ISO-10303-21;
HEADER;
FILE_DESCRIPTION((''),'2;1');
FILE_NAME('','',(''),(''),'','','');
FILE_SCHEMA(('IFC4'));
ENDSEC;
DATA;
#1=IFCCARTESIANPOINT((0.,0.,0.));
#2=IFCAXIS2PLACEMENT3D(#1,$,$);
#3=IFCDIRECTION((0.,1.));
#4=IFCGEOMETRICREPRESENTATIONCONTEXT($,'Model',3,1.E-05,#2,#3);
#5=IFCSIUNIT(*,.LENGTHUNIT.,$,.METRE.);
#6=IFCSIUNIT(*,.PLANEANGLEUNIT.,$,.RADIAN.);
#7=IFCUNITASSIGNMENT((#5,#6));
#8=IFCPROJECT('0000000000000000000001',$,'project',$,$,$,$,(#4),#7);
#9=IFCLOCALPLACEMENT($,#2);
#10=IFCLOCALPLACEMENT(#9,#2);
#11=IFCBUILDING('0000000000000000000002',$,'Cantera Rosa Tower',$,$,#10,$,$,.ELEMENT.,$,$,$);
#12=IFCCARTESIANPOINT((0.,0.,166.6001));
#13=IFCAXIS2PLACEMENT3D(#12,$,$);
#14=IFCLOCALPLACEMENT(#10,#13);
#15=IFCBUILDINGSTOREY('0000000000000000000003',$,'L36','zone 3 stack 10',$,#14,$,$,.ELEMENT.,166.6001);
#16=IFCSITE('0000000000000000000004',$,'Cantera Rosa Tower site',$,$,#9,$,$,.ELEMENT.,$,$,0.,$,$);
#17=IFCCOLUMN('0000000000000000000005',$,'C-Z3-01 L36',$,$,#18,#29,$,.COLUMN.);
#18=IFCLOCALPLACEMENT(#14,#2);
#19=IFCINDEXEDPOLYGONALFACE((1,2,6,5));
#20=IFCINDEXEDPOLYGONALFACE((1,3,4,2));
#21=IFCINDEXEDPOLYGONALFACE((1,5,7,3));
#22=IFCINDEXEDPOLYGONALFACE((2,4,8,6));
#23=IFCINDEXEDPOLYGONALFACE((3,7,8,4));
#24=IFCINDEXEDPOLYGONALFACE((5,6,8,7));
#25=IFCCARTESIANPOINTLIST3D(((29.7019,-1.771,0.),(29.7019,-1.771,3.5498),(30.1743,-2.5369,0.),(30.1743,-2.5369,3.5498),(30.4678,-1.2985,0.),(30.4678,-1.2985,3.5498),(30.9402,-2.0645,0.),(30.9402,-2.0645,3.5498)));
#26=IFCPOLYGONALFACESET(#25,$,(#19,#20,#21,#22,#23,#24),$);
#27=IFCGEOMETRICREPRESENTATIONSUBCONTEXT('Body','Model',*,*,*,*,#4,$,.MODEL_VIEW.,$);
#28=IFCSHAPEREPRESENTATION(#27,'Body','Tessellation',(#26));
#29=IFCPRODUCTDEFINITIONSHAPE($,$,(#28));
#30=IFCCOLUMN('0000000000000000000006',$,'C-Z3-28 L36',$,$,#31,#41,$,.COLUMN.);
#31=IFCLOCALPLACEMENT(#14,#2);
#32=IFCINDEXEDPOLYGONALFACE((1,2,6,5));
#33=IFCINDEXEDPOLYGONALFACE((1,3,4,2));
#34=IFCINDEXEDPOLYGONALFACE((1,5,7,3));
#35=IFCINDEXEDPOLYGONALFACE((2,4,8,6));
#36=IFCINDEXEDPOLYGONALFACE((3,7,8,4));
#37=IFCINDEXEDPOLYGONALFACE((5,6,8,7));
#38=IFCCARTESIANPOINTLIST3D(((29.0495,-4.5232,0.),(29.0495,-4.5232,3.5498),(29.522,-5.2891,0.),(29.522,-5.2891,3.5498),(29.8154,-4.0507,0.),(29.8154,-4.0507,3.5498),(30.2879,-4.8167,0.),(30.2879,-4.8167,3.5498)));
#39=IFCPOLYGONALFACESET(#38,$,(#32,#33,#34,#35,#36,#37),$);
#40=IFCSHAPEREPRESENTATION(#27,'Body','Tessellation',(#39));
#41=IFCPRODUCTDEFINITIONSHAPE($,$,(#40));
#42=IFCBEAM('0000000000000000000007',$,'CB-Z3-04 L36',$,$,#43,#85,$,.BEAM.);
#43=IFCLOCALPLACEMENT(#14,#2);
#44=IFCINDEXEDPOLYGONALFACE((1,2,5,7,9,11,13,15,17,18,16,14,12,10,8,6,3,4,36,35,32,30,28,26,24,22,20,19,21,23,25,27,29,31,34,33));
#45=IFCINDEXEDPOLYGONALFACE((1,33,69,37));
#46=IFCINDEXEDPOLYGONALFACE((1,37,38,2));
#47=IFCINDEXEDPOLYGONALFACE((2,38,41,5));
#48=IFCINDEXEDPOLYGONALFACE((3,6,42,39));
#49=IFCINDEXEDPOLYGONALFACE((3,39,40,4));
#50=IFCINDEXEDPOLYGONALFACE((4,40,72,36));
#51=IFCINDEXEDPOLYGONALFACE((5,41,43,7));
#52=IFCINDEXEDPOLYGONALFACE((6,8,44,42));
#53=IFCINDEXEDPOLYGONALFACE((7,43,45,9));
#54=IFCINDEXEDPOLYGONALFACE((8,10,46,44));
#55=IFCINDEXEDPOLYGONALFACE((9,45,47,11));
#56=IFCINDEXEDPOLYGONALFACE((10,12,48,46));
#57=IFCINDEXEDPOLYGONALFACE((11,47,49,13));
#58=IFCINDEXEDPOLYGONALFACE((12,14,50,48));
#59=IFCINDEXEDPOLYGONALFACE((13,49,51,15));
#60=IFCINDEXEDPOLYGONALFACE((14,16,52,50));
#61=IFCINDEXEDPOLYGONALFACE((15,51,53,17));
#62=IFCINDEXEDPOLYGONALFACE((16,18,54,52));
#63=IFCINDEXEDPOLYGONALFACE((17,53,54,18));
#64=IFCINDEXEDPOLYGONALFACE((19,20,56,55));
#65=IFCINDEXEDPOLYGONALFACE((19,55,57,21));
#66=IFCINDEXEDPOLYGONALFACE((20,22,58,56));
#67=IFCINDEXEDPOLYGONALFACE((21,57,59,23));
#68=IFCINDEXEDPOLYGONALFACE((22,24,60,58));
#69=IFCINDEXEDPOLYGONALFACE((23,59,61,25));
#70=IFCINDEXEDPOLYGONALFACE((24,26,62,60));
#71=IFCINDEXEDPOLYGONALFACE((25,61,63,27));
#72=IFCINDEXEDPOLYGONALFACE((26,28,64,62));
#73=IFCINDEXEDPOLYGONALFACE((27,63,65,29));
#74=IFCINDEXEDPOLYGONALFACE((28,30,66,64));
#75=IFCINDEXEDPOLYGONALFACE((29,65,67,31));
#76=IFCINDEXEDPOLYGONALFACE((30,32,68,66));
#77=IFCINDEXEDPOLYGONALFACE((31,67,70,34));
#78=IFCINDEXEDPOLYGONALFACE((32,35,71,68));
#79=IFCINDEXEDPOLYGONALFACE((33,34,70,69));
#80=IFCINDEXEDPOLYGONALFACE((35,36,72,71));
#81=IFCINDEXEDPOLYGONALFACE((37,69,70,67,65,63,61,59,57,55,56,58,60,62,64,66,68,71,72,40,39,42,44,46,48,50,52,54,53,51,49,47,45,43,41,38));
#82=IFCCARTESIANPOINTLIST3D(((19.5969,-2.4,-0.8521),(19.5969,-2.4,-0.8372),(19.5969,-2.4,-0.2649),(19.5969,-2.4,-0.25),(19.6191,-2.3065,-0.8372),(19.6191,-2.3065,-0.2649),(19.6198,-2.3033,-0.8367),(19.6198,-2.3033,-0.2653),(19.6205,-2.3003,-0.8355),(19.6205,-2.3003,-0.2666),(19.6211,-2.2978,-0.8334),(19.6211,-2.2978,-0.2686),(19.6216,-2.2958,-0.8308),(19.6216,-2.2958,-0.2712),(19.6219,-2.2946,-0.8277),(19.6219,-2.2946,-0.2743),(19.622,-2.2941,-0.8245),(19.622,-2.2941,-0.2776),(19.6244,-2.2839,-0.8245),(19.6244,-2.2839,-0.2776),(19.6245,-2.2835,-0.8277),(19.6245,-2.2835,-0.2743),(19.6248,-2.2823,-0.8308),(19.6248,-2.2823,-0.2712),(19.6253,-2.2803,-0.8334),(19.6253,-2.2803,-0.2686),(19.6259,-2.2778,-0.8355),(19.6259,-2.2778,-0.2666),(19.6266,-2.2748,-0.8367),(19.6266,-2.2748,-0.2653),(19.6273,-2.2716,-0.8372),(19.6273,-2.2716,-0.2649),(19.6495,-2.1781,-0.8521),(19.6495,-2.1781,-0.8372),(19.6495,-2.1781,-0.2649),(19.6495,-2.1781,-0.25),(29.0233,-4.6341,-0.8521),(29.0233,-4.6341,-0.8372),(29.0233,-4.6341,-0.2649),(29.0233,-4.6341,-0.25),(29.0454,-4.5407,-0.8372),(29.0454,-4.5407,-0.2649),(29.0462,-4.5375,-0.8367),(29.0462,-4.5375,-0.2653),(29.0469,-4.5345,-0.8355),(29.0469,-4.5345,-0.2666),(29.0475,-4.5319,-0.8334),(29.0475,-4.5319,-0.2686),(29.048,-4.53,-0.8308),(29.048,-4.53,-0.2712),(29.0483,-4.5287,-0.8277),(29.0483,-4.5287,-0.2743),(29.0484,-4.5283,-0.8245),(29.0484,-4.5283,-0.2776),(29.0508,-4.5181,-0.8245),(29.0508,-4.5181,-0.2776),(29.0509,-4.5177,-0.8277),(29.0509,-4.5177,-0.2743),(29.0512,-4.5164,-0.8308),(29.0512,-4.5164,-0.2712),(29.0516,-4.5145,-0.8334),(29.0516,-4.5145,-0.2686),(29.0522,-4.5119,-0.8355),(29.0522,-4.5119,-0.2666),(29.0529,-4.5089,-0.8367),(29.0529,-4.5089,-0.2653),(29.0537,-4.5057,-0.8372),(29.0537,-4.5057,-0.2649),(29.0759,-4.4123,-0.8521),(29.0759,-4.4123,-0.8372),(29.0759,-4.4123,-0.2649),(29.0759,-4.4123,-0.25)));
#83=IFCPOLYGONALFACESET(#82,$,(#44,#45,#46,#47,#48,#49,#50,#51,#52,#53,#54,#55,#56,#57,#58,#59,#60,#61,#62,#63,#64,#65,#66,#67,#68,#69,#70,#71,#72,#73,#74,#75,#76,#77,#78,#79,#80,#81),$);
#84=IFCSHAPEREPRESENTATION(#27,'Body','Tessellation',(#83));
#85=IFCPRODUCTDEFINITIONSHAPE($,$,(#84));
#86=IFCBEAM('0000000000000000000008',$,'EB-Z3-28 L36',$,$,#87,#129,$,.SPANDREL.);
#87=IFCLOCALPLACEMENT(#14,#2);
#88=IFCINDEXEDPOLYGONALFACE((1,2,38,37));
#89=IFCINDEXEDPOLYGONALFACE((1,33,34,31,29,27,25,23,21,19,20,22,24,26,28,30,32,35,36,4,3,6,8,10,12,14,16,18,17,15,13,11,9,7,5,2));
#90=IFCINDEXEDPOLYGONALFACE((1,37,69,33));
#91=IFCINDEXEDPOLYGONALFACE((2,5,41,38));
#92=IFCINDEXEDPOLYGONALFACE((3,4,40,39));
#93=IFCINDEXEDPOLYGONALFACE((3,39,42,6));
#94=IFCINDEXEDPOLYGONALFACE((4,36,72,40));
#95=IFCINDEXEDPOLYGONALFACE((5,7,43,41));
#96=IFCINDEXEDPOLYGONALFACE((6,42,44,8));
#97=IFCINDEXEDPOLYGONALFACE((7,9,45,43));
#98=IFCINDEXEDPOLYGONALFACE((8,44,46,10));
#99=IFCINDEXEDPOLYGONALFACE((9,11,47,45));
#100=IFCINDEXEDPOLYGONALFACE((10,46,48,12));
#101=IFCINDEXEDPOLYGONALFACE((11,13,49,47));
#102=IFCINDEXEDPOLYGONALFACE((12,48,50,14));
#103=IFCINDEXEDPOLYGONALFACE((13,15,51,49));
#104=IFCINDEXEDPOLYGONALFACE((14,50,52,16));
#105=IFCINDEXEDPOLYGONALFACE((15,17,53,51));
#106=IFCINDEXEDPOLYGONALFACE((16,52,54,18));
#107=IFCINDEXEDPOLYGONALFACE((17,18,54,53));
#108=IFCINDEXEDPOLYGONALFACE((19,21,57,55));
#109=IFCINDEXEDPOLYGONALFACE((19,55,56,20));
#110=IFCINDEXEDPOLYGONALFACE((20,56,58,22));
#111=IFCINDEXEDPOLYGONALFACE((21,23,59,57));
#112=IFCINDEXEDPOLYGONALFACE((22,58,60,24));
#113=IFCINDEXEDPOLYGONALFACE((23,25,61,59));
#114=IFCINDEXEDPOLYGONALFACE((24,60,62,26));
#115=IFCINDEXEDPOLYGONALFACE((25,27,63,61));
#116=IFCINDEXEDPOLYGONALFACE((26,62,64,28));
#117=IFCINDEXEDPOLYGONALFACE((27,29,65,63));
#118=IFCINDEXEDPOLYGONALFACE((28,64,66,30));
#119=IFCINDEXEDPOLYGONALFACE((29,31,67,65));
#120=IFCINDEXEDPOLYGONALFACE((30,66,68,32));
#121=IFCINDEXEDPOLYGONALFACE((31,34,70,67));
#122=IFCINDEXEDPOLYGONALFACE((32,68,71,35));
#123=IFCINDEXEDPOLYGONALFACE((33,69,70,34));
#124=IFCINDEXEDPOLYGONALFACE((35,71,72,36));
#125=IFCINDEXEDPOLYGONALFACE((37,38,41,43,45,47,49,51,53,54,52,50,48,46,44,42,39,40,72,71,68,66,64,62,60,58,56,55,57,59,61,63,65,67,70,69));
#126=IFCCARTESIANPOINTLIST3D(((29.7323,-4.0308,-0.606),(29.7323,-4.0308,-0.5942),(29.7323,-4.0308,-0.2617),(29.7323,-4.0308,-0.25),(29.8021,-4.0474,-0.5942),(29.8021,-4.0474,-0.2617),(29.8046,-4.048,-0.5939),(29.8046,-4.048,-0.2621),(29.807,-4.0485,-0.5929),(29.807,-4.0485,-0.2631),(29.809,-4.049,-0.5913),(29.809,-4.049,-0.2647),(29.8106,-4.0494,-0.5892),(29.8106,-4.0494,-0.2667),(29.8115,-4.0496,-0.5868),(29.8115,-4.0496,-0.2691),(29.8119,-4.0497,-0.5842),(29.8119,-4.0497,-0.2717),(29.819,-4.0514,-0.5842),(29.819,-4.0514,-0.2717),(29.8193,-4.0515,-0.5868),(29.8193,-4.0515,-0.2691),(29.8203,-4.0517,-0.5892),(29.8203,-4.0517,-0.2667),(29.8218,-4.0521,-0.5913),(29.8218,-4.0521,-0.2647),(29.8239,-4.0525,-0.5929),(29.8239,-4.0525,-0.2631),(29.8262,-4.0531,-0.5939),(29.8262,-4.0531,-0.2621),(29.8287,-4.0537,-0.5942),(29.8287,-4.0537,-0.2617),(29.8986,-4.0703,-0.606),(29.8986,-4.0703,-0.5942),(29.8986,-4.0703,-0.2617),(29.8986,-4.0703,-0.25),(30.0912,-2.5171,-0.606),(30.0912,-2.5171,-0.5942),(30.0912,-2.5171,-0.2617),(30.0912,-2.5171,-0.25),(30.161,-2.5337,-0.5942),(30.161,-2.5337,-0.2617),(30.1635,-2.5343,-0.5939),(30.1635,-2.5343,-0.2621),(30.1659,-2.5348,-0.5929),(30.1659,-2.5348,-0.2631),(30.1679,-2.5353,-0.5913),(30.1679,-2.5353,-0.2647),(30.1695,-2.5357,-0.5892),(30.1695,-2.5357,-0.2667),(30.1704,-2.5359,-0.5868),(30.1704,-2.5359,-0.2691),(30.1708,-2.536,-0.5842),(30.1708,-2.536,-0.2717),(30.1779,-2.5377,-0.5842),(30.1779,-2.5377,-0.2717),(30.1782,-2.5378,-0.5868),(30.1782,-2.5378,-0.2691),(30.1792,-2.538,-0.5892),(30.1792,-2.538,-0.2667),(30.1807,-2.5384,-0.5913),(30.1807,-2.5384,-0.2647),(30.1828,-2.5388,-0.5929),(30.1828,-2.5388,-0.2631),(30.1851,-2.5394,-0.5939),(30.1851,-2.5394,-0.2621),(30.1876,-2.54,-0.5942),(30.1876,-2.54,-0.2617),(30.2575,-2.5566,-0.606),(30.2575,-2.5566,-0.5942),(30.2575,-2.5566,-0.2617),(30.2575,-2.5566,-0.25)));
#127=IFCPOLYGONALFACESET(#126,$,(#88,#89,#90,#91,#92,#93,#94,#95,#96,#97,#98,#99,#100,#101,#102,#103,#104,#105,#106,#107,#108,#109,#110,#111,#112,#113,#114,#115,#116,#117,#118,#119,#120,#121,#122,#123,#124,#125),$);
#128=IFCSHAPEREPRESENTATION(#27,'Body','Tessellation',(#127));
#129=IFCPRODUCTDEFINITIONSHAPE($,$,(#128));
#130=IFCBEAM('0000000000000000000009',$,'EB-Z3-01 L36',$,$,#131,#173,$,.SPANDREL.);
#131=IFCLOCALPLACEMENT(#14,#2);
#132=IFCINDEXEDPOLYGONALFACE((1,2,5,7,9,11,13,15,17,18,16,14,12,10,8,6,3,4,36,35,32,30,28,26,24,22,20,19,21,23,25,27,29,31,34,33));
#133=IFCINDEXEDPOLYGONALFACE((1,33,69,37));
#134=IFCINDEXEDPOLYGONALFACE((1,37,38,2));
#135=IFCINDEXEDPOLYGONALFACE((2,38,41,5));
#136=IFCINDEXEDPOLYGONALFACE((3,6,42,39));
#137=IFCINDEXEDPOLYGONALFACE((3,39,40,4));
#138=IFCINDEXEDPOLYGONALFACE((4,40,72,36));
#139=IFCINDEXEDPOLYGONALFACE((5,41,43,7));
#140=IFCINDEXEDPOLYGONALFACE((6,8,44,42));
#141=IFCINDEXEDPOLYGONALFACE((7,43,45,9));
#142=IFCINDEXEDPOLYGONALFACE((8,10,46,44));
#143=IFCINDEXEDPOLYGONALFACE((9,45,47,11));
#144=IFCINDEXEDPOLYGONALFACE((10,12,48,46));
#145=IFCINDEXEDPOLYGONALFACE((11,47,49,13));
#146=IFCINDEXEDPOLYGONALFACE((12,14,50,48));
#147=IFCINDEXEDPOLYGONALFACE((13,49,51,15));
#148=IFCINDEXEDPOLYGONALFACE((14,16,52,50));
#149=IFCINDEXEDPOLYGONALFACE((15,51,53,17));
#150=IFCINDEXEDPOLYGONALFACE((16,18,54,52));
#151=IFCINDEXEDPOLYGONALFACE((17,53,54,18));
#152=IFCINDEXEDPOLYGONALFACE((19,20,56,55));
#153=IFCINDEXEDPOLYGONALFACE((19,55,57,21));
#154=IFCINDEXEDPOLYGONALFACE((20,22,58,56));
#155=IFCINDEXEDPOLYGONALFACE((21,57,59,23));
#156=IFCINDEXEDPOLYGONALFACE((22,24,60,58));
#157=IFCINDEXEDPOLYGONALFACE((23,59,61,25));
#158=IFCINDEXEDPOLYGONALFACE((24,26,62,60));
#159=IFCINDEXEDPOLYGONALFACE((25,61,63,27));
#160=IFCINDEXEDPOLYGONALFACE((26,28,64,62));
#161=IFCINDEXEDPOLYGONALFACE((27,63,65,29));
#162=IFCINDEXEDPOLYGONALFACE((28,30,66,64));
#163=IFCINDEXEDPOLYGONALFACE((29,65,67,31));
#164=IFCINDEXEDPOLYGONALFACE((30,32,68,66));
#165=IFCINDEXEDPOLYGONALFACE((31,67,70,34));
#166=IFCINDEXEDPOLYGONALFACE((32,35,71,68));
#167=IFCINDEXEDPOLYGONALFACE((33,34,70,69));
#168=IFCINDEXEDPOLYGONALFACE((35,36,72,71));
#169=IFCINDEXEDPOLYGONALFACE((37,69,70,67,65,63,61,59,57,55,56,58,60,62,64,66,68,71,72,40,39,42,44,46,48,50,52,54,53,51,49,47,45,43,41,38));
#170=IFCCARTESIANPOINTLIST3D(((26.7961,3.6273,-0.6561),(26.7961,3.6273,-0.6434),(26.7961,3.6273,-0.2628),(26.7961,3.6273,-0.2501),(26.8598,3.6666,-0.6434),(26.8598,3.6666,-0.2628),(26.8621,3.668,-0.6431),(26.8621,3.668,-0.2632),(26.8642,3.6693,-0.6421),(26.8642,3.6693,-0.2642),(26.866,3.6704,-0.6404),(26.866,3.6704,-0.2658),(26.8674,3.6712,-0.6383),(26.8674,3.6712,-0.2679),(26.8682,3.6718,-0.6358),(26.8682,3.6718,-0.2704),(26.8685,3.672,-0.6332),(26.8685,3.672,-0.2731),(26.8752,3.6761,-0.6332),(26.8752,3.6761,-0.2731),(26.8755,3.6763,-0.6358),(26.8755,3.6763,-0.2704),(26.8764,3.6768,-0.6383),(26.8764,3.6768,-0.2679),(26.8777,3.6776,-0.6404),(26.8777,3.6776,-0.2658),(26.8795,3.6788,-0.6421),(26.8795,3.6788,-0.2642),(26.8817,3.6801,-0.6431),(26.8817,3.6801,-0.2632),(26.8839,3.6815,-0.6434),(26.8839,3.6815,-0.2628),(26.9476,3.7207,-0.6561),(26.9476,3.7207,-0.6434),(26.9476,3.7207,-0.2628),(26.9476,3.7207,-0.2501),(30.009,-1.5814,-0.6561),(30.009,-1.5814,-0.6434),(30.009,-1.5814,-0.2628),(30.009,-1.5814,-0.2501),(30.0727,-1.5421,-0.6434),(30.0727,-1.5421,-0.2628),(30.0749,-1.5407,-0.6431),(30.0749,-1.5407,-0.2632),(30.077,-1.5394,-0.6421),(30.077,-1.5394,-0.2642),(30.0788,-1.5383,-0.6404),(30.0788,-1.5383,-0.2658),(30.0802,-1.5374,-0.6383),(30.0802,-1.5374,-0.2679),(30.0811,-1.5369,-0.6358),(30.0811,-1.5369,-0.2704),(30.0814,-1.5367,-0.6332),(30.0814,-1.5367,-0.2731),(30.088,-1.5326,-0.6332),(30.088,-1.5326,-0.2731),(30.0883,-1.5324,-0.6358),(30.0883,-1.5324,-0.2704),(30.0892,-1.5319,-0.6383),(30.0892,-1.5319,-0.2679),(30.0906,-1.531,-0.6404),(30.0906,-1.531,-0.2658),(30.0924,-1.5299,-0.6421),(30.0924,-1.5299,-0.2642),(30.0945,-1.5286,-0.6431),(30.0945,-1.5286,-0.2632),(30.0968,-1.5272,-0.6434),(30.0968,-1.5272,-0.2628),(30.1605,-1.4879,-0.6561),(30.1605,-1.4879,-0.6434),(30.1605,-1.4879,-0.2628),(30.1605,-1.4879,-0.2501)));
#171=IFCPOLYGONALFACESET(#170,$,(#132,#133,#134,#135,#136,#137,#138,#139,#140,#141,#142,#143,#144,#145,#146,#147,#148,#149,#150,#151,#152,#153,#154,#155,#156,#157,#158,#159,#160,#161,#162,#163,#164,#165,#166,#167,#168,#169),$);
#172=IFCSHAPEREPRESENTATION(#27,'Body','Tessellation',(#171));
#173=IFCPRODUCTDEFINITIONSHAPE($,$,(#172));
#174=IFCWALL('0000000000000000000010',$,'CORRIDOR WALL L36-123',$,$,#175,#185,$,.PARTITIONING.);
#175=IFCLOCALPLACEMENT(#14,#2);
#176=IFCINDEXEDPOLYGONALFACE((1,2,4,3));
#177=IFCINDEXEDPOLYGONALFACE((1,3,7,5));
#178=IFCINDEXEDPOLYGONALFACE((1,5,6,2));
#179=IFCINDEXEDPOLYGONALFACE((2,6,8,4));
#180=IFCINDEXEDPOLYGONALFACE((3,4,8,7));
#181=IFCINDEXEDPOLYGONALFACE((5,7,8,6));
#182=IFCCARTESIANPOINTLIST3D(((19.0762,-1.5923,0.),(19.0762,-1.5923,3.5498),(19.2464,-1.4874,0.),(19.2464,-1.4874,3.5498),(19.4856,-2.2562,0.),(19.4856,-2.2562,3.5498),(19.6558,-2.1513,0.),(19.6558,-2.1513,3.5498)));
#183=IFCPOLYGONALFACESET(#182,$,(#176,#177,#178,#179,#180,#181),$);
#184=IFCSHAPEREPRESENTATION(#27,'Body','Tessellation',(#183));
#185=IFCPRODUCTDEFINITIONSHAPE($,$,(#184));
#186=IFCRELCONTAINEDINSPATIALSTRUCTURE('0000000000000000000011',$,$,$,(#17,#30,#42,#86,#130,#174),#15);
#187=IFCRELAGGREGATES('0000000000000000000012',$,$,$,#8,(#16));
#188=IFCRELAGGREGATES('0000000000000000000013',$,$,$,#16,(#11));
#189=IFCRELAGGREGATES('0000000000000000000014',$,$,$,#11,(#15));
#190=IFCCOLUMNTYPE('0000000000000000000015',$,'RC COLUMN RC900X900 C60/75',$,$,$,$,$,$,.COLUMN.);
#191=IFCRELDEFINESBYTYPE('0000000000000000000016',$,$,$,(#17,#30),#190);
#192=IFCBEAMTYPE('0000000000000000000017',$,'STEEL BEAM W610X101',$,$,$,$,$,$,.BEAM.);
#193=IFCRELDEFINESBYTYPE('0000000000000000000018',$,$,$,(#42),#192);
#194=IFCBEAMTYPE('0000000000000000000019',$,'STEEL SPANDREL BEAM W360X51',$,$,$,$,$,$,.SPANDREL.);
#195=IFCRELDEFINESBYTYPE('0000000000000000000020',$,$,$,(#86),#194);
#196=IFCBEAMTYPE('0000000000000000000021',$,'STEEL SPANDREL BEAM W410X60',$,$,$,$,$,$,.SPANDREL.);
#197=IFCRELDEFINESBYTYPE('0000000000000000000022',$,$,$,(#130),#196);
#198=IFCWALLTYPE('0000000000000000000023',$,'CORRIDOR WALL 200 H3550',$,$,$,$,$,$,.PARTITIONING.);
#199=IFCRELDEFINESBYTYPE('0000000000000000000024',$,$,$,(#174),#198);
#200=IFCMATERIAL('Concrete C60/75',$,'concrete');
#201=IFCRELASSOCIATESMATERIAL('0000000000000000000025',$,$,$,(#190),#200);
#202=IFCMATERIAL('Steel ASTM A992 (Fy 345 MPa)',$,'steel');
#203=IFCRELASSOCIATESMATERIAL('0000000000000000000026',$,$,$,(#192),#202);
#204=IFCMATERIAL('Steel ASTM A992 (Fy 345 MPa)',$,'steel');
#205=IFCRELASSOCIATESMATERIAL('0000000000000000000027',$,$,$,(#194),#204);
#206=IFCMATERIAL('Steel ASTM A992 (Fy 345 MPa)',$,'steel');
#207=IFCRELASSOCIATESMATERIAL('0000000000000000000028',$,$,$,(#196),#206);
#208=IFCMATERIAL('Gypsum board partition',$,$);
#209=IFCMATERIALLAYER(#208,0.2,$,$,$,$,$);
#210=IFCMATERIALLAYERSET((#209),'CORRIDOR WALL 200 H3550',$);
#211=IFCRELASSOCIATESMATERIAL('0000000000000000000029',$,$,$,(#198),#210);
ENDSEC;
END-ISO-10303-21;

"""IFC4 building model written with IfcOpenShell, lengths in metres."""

from ifc_helpers import new_model, si_unit, direction, frame, frame_2d, origin, origin_2d, place, context, subcontext, project, spatial, rectangle, i_section, extrude, material, layer, layer_set, material_profile, profile_set, type_object, element, save


model = new_model("IFC4")

# Units and contexts
model_context = context("Model", 3, precision=1e-05, world=origin(), true_north=direction((0.0, 1.0)))
body_context = subcontext(model_context, "Body", "Model", "MODEL_VIEW")
ifc_project = project(units=[si_unit("LENGTHUNIT", "METRE"), si_unit("PLANEANGLEUNIT", "RADIAN")], contexts=[model_context])

# Site, building, storey
site_placement = place(None, origin())
site = spatial("IfcSite", under=ifc_project, at=site_placement, Name="Cantera Rosa Tower site", CompositionType="ELEMENT", RefElevation=0.0)
building_placement = place(site_placement, origin())
building = spatial("IfcBuilding", under=site, at=building_placement, Name="Cantera Rosa Tower", CompositionType="ELEMENT")
storey_placement = place(building_placement, frame((0.0, 0.0, 166.6001)))
storey = spatial("IfcBuildingStorey", under=building, at=storey_placement, Name="L36", Description="zone 3 stack 10", CompositionType="ELEMENT", Elevation=166.6001)

# Columns
ifc_material_1 = material(Name="Concrete C60/75", Category="concrete")
ifc_material_profile_1 = material_profile(ifc_material_1, rectangle(XDim=0.8999, YDim=0.8999, at=origin_2d()), Name="RC COLUMN RC900X900 C60/75")
ifc_profile_set_1 = profile_set([ifc_material_profile_1], Name="Concrete C60/75")
column_type = type_object("IfcColumnType", Name="RC COLUMN RC900X900 C60/75", PredefinedType="COLUMN", material=ifc_profile_set_1)
for number, where, z_axis, x_axis, name in (
    (1, (30.321, -1.9177, 0.0), (0.0, 0.0, 1.0), (0.851117, 0.524977, 0.0), "C-Z3-01 L36"),
    (2, (29.6687, -4.6699, 0.0), (0.0, 0.0, 1.0), (0.851117, 0.524977, 0.0), "C-Z3-28 L36"),
):
    element("IfcColumn", number, at=place(storey_placement, frame(where, z_axis=z_axis, x_axis=x_axis)), inside=storey, type_object=column_type, Name=name, PredefinedType="COLUMN", context=body_context, shape_type="SweptSolid", body=[
        extrude(rectangle(XDim=0.8999, YDim=0.8999, at=origin_2d()), origin(), (0.0, 0.0, 1.0), 3.5498),
    ])

# Beams
ifc_material_2 = material(Name="Steel ASTM A992 (Fy 345 MPa)", Category="steel")
ifc_material_profile_2 = material_profile(ifc_material_2, i_section(OverallWidth=0.228, OverallDepth=0.6021, WebThickness=0.0105, FlangeThickness=0.0149, FilletRadius=0.0127, at=origin_2d()), Name="W610X101")
ifc_profile_set_2 = profile_set([ifc_material_profile_2], Name="Steel ASTM A992 (Fy 345 MPa)")
beam_type_1 = type_object("IfcBeamType", Name="STEEL BEAM W610X101", PredefinedType="BEAM", material=ifc_profile_set_2)
beam_1_placement = place(storey_placement, frame((29.0496, -4.5232, -0.551), z_axis=(-0.973043, 0.230622, 0.0), x_axis=(-0.230622, -0.973043, 0.0)))
element("IfcBeam", 3, at=beam_1_placement, inside=storey, type_object=beam_type_1, Name="CB-Z3-04 L36", PredefinedType="BEAM", context=body_context, shape_type="SweptSolid", body=[
    extrude(i_section(OverallWidth=0.228, OverallDepth=0.6021, WebThickness=0.0105, FlangeThickness=0.0149, FilletRadius=0.0127, at=origin_2d()), origin(), (0.0, 0.0, 1.0), 9.6875),
])
ifc_material_3 = material(Name="Steel ASTM A992 (Fy 345 MPa)", Category="steel")
ifc_material_profile_3 = material_profile(ifc_material_3, i_section(OverallWidth=0.1709, OverallDepth=0.356, WebThickness=0.0073, FlangeThickness=0.0117, FilletRadius=0.01, at=origin_2d()), Name="W360X51")
ifc_profile_set_3 = profile_set([ifc_material_profile_3], Name="Steel ASTM A992 (Fy 345 MPa)")
beam_type_2 = type_object("IfcBeamType", Name="STEEL SPANDREL BEAM W360X51", PredefinedType="SPANDREL", material=ifc_profile_set_3)
beam_2_placement = place(storey_placement, frame((29.8154, -4.0505, -0.428), z_axis=(0.230701, 0.973025, 0.0), x_axis=(-0.973025, 0.230701, 0.0)))
element("IfcBeam", 4, at=beam_2_placement, inside=storey, type_object=beam_type_2, Name="EB-Z3-28 L36", PredefinedType="SPANDREL", context=body_context, shape_type="SweptSolid", body=[
    extrude(i_section(OverallWidth=0.1709, OverallDepth=0.356, WebThickness=0.0073, FlangeThickness=0.0117, FilletRadius=0.01, at=origin_2d()), origin(), (0.0, 0.0, 1.0), 1.5557),
])
ifc_material_4 = material(Name="Steel ASTM A992 (Fy 345 MPa)", Category="steel")
ifc_material_profile_4 = material_profile(ifc_material_4, i_section(OverallWidth=0.178, OverallDepth=0.406, WebThickness=0.0078, FlangeThickness=0.0127, FilletRadius=0.0103, at=origin_2d()), Name="W410X60")
ifc_profile_set_4 = profile_set([ifc_material_profile_4], Name="Steel ASTM A992 (Fy 345 MPa)")
beam_type_3 = type_object("IfcBeamType", Name="STEEL SPANDREL BEAM W410X60", PredefinedType="SPANDREL", material=ifc_profile_set_4)
beam_3_placement = place(storey_placement, frame((30.0847, -1.5347, -0.4531), z_axis=(-0.524987, 0.85111, 0.0), x_axis=(-0.85111, -0.524987, 0.0)))
element("IfcBeam", 5, at=beam_3_placement, inside=storey, type_object=beam_type_3, Name="EB-Z3-01 L36", PredefinedType="SPANDREL", context=body_context, shape_type="SweptSolid", body=[
    extrude(i_section(OverallWidth=0.178, OverallDepth=0.406, WebThickness=0.0078, FlangeThickness=0.0127, FilletRadius=0.0103, at=origin_2d()), origin(), (0.0, 0.0, 1.0), 6.1199),
])

# Wall
ifc_material_5 = material(Name="Gypsum board partition")
ifc_layer_1 = layer(ifc_material_5, 0.2)
ifc_layer_set_1 = layer_set([ifc_layer_1], Name="CORRIDOR WALL 200 H3550")
wall_type_1 = type_object("IfcWallType", Name="CORRIDOR WALL 200 H3550", PredefinedType="PARTITIONING", material=ifc_layer_set_1)
wall_1_placement = place(storey_placement, frame((19.5708, -2.2039, 0.0), z_axis=(0.0, 0.0, 1.0), x_axis=(-0.524953, 0.851131, 0.0)))
element("IfcWall", 6, at=wall_1_placement, inside=storey, type_object=wall_type_1, Name="CORRIDOR WALL L36-123", PredefinedType="PARTITIONING", context=body_context, shape_type="SweptSolid", body=[
    extrude(rectangle(XDim=0.78, YDim=0.2, at=frame_2d((0.3901, 0.0))), origin(), (0.0, 0.0, 1.0), 3.5498),
])

save(model, "model.ifc")
